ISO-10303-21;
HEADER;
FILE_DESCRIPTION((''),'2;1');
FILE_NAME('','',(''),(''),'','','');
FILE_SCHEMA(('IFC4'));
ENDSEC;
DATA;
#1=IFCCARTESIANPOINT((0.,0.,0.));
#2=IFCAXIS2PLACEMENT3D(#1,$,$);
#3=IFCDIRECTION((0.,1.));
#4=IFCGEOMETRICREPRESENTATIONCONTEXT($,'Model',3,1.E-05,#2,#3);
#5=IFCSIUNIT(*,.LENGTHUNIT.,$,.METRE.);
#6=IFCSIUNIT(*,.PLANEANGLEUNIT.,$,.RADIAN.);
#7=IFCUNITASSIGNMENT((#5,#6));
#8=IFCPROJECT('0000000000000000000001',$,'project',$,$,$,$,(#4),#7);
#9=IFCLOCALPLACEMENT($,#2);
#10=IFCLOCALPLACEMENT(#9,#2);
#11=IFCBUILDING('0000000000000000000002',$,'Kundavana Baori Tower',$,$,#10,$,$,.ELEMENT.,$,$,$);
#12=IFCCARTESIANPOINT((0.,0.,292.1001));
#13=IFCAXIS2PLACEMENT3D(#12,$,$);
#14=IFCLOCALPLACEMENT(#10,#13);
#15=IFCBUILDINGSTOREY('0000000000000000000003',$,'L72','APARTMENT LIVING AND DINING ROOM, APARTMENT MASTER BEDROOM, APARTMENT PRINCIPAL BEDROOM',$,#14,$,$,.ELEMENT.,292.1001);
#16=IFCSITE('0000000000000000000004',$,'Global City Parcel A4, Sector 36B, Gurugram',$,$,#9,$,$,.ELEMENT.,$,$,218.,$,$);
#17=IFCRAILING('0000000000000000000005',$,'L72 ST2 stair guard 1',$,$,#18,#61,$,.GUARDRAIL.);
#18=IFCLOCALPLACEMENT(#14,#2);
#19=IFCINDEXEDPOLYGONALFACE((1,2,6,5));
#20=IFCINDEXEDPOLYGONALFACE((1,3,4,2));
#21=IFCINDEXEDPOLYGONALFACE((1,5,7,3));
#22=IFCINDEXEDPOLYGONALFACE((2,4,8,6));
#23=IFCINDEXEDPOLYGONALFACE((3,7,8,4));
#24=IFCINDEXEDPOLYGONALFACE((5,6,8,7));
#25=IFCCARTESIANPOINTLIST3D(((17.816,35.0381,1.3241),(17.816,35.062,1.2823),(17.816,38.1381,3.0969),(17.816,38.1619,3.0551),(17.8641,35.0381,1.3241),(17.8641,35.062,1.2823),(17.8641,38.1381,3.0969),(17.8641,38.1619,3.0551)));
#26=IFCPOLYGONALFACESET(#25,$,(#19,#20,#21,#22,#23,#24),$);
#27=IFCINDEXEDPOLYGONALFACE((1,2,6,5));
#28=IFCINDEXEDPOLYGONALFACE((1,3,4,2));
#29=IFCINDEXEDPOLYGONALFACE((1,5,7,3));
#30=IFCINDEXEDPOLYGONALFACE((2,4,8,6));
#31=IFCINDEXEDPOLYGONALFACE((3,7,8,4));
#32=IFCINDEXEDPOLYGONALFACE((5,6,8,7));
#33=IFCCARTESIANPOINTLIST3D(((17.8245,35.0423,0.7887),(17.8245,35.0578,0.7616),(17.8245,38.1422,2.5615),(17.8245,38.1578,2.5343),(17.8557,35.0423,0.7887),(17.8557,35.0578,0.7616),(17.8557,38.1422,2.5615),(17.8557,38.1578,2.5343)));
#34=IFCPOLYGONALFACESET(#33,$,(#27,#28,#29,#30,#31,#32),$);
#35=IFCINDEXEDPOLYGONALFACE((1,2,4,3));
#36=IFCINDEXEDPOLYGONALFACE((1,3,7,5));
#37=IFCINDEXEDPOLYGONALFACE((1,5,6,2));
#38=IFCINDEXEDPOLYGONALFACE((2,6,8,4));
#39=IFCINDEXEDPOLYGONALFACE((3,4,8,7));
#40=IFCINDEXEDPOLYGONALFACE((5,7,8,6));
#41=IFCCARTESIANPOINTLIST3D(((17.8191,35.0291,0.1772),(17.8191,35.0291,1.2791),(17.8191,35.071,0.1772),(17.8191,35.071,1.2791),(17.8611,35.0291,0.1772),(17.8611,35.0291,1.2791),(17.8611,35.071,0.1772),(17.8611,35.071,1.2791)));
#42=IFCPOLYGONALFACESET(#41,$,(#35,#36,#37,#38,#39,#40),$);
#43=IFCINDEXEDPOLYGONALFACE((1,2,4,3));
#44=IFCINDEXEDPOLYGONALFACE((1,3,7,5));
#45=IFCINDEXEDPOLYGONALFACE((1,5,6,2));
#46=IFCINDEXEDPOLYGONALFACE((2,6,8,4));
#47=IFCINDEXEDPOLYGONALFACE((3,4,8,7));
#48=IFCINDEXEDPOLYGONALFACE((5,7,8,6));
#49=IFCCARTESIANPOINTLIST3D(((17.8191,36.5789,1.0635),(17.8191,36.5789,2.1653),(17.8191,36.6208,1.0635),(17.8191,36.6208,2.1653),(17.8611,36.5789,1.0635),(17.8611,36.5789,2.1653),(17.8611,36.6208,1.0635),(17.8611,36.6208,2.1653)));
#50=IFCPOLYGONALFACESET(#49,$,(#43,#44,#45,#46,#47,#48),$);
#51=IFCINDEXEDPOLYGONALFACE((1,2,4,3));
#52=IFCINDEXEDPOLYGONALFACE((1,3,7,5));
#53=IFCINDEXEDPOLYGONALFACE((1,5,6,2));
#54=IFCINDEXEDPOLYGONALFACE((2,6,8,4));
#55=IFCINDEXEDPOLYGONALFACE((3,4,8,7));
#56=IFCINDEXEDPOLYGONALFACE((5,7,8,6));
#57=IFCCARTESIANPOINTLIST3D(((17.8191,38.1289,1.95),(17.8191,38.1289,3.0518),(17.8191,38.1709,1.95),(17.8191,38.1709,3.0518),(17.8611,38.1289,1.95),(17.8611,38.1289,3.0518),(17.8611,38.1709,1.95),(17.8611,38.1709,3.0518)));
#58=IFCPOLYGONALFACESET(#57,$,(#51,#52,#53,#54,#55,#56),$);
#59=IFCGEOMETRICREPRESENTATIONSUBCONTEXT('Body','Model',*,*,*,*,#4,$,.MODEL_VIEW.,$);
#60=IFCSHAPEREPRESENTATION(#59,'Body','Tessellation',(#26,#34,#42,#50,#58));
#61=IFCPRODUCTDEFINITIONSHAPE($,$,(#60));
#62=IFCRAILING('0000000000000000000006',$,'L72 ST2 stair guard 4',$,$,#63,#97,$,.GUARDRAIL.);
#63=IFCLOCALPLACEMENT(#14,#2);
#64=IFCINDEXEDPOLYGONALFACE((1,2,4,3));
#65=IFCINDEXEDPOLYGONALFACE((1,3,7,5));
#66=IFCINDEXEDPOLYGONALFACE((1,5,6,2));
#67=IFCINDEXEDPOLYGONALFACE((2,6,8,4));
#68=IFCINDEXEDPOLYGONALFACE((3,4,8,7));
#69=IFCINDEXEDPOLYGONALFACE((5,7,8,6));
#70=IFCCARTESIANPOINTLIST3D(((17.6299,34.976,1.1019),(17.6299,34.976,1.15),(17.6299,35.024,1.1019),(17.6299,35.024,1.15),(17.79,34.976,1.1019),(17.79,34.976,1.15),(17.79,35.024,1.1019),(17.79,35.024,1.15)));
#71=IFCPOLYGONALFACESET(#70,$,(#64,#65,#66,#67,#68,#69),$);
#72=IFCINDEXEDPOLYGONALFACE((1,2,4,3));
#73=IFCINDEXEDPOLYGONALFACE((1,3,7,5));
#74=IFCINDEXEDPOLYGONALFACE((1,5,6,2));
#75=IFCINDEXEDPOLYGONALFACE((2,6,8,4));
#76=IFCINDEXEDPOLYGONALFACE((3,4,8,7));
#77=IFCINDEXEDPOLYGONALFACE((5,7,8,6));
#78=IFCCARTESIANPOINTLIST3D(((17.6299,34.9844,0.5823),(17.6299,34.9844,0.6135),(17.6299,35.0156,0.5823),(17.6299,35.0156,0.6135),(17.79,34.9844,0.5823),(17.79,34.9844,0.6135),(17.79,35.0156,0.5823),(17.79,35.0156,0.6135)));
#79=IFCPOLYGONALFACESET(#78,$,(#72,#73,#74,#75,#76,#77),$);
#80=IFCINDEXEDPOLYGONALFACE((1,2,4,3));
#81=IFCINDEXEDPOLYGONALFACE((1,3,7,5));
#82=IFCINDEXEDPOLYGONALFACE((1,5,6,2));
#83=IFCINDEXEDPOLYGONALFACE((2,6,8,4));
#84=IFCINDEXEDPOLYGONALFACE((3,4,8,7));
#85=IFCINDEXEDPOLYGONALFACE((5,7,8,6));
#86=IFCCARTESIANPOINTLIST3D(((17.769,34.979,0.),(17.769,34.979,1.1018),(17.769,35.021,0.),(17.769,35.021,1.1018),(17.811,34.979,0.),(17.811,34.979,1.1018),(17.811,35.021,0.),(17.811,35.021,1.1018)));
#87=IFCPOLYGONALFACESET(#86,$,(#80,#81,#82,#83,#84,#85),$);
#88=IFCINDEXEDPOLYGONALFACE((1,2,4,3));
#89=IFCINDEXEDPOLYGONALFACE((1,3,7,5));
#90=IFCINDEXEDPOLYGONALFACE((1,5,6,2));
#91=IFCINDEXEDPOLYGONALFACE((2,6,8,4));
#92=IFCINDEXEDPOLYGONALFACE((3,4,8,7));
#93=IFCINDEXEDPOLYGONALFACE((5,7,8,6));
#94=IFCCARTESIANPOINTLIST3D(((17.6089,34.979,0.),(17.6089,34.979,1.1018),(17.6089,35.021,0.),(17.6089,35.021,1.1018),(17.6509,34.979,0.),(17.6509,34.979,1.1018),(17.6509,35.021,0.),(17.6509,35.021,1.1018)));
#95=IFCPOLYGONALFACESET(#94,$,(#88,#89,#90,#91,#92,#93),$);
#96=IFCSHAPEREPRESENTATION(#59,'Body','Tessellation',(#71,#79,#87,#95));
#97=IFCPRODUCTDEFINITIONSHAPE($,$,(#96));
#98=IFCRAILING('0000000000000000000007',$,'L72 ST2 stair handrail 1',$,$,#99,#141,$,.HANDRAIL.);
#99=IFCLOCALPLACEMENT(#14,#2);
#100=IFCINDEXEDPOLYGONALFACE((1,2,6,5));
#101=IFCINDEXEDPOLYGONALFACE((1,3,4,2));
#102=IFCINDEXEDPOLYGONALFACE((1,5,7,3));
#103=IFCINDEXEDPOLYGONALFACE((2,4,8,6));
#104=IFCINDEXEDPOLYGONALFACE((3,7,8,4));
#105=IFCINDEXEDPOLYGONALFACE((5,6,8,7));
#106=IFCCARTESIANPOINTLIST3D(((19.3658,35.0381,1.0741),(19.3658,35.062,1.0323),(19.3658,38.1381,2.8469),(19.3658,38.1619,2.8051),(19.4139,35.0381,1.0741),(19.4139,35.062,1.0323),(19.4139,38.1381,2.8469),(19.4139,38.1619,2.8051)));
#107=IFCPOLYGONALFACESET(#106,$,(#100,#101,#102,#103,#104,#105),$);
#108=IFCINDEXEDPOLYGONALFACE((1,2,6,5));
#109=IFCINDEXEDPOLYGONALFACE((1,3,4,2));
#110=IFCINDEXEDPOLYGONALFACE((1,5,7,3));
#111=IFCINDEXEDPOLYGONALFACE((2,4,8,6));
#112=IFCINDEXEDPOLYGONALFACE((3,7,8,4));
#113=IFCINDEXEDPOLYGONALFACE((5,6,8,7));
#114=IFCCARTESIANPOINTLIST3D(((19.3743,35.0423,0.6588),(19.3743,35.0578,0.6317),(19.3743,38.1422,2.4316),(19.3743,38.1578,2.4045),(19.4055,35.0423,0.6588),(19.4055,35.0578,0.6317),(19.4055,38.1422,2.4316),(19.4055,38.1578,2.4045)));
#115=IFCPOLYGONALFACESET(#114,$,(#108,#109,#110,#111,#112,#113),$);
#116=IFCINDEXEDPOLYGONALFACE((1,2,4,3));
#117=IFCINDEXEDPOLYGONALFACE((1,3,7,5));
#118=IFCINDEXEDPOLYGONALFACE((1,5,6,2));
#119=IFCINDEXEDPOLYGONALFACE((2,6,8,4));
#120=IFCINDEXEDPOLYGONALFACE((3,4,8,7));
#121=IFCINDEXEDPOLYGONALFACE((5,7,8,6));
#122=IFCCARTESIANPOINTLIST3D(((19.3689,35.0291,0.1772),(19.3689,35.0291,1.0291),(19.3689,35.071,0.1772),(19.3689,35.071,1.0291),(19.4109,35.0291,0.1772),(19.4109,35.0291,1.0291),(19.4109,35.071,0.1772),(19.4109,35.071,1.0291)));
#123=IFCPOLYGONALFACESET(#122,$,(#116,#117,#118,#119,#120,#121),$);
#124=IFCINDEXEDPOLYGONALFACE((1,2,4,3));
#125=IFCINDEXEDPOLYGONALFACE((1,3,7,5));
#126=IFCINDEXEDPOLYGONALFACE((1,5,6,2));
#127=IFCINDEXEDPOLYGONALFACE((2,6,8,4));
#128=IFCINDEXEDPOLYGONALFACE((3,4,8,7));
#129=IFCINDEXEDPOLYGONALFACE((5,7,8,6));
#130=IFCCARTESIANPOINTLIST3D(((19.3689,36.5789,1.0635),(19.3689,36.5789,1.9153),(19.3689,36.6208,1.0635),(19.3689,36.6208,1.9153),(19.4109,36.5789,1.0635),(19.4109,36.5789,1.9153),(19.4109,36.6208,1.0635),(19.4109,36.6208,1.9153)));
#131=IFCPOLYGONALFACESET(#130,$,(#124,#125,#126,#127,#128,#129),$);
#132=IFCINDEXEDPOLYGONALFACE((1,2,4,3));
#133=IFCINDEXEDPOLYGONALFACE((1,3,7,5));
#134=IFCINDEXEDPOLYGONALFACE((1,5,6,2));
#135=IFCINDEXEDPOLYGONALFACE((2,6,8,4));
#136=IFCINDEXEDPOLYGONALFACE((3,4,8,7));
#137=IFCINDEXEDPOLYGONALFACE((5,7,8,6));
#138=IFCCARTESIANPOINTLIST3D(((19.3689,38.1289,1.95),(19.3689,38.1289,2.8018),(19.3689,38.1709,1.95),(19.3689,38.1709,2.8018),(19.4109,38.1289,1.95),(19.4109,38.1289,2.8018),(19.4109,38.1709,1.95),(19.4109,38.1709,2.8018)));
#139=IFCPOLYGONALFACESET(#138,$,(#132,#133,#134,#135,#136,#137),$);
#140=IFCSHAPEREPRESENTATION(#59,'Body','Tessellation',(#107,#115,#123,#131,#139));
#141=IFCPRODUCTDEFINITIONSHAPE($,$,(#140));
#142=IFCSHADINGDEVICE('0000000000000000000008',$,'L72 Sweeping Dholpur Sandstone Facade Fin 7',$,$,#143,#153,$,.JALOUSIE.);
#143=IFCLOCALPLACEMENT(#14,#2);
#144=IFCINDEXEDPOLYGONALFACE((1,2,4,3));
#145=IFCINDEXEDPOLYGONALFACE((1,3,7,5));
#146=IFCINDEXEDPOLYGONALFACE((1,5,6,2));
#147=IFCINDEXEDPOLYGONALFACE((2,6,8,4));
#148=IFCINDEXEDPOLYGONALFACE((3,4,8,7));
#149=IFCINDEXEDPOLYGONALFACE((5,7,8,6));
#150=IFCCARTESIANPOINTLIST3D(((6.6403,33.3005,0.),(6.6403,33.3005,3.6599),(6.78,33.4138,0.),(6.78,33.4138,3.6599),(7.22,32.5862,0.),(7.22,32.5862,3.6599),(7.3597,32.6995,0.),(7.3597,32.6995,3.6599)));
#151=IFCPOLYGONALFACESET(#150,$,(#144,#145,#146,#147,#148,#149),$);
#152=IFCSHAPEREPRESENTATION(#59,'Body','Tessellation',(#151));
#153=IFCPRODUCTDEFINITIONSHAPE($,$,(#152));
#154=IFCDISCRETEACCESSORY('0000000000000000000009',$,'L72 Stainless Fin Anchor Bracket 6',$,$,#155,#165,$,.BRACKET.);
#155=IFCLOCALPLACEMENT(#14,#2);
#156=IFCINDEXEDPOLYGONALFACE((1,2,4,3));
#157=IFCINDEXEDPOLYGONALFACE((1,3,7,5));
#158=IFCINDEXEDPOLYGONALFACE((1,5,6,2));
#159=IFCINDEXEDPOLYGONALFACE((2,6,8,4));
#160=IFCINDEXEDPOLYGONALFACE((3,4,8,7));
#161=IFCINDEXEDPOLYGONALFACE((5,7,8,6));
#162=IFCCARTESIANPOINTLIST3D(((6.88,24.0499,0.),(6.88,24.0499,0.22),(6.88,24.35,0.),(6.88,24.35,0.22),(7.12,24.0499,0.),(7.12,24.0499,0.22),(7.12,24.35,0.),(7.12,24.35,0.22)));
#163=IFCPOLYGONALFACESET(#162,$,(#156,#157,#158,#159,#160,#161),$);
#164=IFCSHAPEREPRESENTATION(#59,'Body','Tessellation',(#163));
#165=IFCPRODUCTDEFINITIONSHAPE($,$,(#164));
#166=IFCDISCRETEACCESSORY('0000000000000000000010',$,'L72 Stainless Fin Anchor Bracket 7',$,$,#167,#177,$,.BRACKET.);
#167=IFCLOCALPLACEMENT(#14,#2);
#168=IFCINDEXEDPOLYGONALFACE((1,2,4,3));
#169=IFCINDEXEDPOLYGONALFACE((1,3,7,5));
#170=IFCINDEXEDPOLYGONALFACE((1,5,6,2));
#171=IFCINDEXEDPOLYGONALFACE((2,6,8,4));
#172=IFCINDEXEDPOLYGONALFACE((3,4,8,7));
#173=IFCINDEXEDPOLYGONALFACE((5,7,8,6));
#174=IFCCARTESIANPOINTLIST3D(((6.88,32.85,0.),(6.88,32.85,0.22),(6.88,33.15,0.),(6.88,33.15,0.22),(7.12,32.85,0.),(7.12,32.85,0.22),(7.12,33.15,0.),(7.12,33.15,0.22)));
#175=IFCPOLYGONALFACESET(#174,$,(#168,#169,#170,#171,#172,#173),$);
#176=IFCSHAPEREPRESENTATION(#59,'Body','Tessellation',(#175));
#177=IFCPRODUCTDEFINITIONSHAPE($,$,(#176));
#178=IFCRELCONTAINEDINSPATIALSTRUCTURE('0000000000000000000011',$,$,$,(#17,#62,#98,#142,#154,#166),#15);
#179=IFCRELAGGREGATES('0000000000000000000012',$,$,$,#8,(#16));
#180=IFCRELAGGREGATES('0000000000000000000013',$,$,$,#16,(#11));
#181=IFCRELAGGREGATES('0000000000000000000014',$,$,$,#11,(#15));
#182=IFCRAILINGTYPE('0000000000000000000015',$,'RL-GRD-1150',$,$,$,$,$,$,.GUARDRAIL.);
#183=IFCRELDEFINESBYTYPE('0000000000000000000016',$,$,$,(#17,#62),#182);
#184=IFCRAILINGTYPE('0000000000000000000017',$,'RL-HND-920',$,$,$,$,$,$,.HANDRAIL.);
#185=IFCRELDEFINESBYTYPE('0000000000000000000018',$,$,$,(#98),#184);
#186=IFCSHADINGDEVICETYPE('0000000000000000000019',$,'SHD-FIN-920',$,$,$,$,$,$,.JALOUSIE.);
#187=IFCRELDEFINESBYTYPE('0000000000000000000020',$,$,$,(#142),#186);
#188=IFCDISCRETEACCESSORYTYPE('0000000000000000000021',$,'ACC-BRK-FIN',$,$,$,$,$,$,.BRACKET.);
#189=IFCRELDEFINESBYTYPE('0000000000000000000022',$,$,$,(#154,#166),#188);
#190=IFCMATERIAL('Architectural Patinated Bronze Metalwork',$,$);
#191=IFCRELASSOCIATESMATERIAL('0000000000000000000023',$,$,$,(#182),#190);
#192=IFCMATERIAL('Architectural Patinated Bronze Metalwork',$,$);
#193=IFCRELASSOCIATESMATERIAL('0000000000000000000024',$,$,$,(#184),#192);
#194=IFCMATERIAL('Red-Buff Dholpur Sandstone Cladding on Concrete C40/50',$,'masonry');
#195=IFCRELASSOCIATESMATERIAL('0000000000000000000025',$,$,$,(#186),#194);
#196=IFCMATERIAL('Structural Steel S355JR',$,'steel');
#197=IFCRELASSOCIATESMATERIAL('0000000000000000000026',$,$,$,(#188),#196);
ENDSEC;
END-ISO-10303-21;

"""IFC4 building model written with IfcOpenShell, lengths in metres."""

from ifc_helpers import new_model, si_unit, direction, frame, origin, origin_2d, place, context, subcontext, project, spatial, rectangle, extrude, material, type_object, element, save


model = new_model("IFC4")

# Units and contexts
model_context = context("Model", 3, precision=1e-05, world=origin(), true_north=direction((0.0, 1.0)))
body_context = subcontext(model_context, "Body", "Model", "MODEL_VIEW")
ifc_project = project(units=[si_unit("LENGTHUNIT", "METRE"), si_unit("PLANEANGLEUNIT", "RADIAN")], contexts=[model_context])

# Site, building, storey
site_placement = place(None, origin())
site = spatial("IfcSite", under=ifc_project, at=site_placement, Name="Global City Parcel A4, Sector 36B, Gurugram", CompositionType="ELEMENT", RefElevation=218.0)
building_placement = place(site_placement, origin())
building = spatial("IfcBuilding", under=site, at=building_placement, Name="Kundavana Baori Tower", CompositionType="ELEMENT")
storey_placement = place(building_placement, frame((0.0, 0.0, 292.1001)))
storey = spatial("IfcBuildingStorey", under=building, at=storey_placement, Name="L72", Description="APARTMENT LIVING AND DINING ROOM, APARTMENT MASTER BEDROOM, APARTMENT PRINCIPAL BEDROOM", CompositionType="ELEMENT", Elevation=292.1001)

# Railings
ifc_material_1 = material(Name="Architectural Patinated Bronze Metalwork")
railing_type_1 = type_object("IfcRailingType", Name="RL-GRD-1150", PredefinedType="GUARDRAIL", material=ifc_material_1)
railing_1_placement = place(storey_placement, frame((17.8401, 35.05, 0.1772)))
element("IfcRailing", 1, at=railing_1_placement, inside=storey, type_object=railing_type_1, Name="L72 ST2 stair guard 1", PredefinedType="GUARDRAIL", context=body_context, shape_type="SweptSolid", body=[
    extrude(rectangle(XDim=0.0481, YDim=0.0481, at=origin_2d()), frame((0.0, 0.0, 1.126), z_axis=(0.0, 0.868079, 0.496426), x_axis=(-1.0, 0.0, 0.0)), (0.0, 0.0, 1.0), 3.571),
    extrude(rectangle(XDim=0.0312, YDim=0.0312, at=origin_2d()), frame((0.0, 0.0, 0.5979), z_axis=(0.0, 0.868079, 0.496426), x_axis=(-1.0, 0.0, 0.0)), (0.0, 0.0, 1.0), 3.571),
    extrude(rectangle(XDim=0.042, YDim=0.042, at=origin_2d()), origin(), (0.0, 0.0, 1.0), 1.1018),
    extrude(rectangle(XDim=0.042, YDim=0.042, at=origin_2d()), frame((0.0, 1.5498, 0.8862)), (0.0, 0.0, 1.0), 1.1018),
    extrude(rectangle(XDim=0.042, YDim=0.042, at=origin_2d()), frame((0.0, 3.0999, 1.7727)), (0.0, 0.0, 1.0), 1.1018),
])
railing_2_placement = place(storey_placement, frame((17.79, 35.0, 0.0)))
element("IfcRailing", 2, at=railing_2_placement, inside=storey, type_object=railing_type_1, Name="L72 ST2 stair guard 4", PredefinedType="GUARDRAIL", context=body_context, shape_type="SweptSolid", body=[
    extrude(rectangle(XDim=0.0481, YDim=0.0481, at=origin_2d()), frame((0.0, 0.0, 1.126), z_axis=(-1.0, 0.0, 0.0), x_axis=(0.0, -1.0, 0.0)), (0.0, 0.0, 1.0), 0.1602),
    extrude(rectangle(XDim=0.0312, YDim=0.0312, at=origin_2d()), frame((0.0, 0.0, 0.5979), z_axis=(-1.0, 0.0, 0.0), x_axis=(0.0, -1.0, 0.0)), (0.0, 0.0, 1.0), 0.1602),
    extrude(rectangle(XDim=0.042, YDim=0.042, at=origin_2d()), origin(), (0.0, 0.0, 1.0), 1.1018),
    extrude(rectangle(XDim=0.042, YDim=0.042, at=origin_2d()), frame((-0.1602, 0.0, 0.0)), (0.0, 0.0, 1.0), 1.1018),
])
ifc_material_2 = material(Name="Architectural Patinated Bronze Metalwork")
railing_type_2 = type_object("IfcRailingType", Name="RL-HND-920", PredefinedType="HANDRAIL", material=ifc_material_2)
railing_3_placement = place(storey_placement, frame((19.3899, 35.05, 0.1772)))
element("IfcRailing", 3, at=railing_3_placement, inside=storey, type_object=railing_type_2, Name="L72 ST2 stair handrail 1", PredefinedType="HANDRAIL", context=body_context, shape_type="SweptSolid", body=[
    extrude(rectangle(XDim=0.0481, YDim=0.0481, at=origin_2d()), frame((0.0, 0.0, 0.876), z_axis=(0.0, 0.868079, 0.496426), x_axis=(-1.0, 0.0, 0.0)), (0.0, 0.0, 1.0), 3.571),
    extrude(rectangle(XDim=0.0312, YDim=0.0312, at=origin_2d()), frame((0.0, 0.0, 0.468), z_axis=(0.0, 0.868079, 0.496426), x_axis=(-1.0, 0.0, 0.0)), (0.0, 0.0, 1.0), 3.571),
    extrude(rectangle(XDim=0.042, YDim=0.042, at=origin_2d()), origin(), (0.0, 0.0, 1.0), 0.8518),
    extrude(rectangle(XDim=0.042, YDim=0.042, at=origin_2d()), frame((0.0, 1.5498, 0.8862)), (0.0, 0.0, 1.0), 0.8518),
    extrude(rectangle(XDim=0.042, YDim=0.042, at=origin_2d()), frame((0.0, 3.0999, 1.7727)), (0.0, 0.0, 1.0), 0.8518),
])

# Shading device
ifc_material_3 = material(Name="Red-Buff Dholpur Sandstone Cladding on Concrete C40/50", Category="masonry")
shading_device_type = type_object("IfcShadingDeviceType", Name="SHD-FIN-920", PredefinedType="JALOUSIE", material=ifc_material_3)
shading_device_placement = place(storey_placement, frame((7.0, 33.0, 0.0), z_axis=(0.0, 0.0, 1.0), x_axis=(0.776487, 0.630134, 0.0)))
element("IfcShadingDevice", 4, at=shading_device_placement, inside=storey, type_object=shading_device_type, Name="L72 Sweeping Dholpur Sandstone Facade Fin 7", PredefinedType="JALOUSIE", context=body_context, shape_type="SweptSolid", body=[
    extrude(rectangle(XDim=0.1799, YDim=0.9199, at=origin_2d()), origin(), (0.0, 0.0, 1.0), 3.6599),
])

# Discrete accessories
ifc_material_4 = material(Name="Structural Steel S355JR", Category="steel")
discrete_accessory_type = type_object("IfcDiscreteAccessoryType", Name="ACC-BRK-FIN", PredefinedType="BRACKET", material=ifc_material_4)
for number, where, z_axis, x_axis, name in (
    (5, (7.0, 24.2, 0.0), (0.0, 0.0, 1.0), (1.0, 0.0, 0.0), "L72 Stainless Fin Anchor Bracket 6"),
    (6, (7.0, 33.0, 0.0), (0.0, 0.0, 1.0), (1.0, 0.0, 0.0), "L72 Stainless Fin Anchor Bracket 7"),
):
    element("IfcDiscreteAccessory", number, at=place(storey_placement, frame(where, z_axis=z_axis, x_axis=x_axis)), inside=storey, type_object=discrete_accessory_type, Name=name, PredefinedType="BRACKET", context=body_context, shape_type="SweptSolid", body=[
        extrude(rectangle(XDim=0.24, YDim=0.3, at=origin_2d()), origin(), (0.0, 0.0, 1.0), 0.22),
    ])

save(model, "model.ifc")
